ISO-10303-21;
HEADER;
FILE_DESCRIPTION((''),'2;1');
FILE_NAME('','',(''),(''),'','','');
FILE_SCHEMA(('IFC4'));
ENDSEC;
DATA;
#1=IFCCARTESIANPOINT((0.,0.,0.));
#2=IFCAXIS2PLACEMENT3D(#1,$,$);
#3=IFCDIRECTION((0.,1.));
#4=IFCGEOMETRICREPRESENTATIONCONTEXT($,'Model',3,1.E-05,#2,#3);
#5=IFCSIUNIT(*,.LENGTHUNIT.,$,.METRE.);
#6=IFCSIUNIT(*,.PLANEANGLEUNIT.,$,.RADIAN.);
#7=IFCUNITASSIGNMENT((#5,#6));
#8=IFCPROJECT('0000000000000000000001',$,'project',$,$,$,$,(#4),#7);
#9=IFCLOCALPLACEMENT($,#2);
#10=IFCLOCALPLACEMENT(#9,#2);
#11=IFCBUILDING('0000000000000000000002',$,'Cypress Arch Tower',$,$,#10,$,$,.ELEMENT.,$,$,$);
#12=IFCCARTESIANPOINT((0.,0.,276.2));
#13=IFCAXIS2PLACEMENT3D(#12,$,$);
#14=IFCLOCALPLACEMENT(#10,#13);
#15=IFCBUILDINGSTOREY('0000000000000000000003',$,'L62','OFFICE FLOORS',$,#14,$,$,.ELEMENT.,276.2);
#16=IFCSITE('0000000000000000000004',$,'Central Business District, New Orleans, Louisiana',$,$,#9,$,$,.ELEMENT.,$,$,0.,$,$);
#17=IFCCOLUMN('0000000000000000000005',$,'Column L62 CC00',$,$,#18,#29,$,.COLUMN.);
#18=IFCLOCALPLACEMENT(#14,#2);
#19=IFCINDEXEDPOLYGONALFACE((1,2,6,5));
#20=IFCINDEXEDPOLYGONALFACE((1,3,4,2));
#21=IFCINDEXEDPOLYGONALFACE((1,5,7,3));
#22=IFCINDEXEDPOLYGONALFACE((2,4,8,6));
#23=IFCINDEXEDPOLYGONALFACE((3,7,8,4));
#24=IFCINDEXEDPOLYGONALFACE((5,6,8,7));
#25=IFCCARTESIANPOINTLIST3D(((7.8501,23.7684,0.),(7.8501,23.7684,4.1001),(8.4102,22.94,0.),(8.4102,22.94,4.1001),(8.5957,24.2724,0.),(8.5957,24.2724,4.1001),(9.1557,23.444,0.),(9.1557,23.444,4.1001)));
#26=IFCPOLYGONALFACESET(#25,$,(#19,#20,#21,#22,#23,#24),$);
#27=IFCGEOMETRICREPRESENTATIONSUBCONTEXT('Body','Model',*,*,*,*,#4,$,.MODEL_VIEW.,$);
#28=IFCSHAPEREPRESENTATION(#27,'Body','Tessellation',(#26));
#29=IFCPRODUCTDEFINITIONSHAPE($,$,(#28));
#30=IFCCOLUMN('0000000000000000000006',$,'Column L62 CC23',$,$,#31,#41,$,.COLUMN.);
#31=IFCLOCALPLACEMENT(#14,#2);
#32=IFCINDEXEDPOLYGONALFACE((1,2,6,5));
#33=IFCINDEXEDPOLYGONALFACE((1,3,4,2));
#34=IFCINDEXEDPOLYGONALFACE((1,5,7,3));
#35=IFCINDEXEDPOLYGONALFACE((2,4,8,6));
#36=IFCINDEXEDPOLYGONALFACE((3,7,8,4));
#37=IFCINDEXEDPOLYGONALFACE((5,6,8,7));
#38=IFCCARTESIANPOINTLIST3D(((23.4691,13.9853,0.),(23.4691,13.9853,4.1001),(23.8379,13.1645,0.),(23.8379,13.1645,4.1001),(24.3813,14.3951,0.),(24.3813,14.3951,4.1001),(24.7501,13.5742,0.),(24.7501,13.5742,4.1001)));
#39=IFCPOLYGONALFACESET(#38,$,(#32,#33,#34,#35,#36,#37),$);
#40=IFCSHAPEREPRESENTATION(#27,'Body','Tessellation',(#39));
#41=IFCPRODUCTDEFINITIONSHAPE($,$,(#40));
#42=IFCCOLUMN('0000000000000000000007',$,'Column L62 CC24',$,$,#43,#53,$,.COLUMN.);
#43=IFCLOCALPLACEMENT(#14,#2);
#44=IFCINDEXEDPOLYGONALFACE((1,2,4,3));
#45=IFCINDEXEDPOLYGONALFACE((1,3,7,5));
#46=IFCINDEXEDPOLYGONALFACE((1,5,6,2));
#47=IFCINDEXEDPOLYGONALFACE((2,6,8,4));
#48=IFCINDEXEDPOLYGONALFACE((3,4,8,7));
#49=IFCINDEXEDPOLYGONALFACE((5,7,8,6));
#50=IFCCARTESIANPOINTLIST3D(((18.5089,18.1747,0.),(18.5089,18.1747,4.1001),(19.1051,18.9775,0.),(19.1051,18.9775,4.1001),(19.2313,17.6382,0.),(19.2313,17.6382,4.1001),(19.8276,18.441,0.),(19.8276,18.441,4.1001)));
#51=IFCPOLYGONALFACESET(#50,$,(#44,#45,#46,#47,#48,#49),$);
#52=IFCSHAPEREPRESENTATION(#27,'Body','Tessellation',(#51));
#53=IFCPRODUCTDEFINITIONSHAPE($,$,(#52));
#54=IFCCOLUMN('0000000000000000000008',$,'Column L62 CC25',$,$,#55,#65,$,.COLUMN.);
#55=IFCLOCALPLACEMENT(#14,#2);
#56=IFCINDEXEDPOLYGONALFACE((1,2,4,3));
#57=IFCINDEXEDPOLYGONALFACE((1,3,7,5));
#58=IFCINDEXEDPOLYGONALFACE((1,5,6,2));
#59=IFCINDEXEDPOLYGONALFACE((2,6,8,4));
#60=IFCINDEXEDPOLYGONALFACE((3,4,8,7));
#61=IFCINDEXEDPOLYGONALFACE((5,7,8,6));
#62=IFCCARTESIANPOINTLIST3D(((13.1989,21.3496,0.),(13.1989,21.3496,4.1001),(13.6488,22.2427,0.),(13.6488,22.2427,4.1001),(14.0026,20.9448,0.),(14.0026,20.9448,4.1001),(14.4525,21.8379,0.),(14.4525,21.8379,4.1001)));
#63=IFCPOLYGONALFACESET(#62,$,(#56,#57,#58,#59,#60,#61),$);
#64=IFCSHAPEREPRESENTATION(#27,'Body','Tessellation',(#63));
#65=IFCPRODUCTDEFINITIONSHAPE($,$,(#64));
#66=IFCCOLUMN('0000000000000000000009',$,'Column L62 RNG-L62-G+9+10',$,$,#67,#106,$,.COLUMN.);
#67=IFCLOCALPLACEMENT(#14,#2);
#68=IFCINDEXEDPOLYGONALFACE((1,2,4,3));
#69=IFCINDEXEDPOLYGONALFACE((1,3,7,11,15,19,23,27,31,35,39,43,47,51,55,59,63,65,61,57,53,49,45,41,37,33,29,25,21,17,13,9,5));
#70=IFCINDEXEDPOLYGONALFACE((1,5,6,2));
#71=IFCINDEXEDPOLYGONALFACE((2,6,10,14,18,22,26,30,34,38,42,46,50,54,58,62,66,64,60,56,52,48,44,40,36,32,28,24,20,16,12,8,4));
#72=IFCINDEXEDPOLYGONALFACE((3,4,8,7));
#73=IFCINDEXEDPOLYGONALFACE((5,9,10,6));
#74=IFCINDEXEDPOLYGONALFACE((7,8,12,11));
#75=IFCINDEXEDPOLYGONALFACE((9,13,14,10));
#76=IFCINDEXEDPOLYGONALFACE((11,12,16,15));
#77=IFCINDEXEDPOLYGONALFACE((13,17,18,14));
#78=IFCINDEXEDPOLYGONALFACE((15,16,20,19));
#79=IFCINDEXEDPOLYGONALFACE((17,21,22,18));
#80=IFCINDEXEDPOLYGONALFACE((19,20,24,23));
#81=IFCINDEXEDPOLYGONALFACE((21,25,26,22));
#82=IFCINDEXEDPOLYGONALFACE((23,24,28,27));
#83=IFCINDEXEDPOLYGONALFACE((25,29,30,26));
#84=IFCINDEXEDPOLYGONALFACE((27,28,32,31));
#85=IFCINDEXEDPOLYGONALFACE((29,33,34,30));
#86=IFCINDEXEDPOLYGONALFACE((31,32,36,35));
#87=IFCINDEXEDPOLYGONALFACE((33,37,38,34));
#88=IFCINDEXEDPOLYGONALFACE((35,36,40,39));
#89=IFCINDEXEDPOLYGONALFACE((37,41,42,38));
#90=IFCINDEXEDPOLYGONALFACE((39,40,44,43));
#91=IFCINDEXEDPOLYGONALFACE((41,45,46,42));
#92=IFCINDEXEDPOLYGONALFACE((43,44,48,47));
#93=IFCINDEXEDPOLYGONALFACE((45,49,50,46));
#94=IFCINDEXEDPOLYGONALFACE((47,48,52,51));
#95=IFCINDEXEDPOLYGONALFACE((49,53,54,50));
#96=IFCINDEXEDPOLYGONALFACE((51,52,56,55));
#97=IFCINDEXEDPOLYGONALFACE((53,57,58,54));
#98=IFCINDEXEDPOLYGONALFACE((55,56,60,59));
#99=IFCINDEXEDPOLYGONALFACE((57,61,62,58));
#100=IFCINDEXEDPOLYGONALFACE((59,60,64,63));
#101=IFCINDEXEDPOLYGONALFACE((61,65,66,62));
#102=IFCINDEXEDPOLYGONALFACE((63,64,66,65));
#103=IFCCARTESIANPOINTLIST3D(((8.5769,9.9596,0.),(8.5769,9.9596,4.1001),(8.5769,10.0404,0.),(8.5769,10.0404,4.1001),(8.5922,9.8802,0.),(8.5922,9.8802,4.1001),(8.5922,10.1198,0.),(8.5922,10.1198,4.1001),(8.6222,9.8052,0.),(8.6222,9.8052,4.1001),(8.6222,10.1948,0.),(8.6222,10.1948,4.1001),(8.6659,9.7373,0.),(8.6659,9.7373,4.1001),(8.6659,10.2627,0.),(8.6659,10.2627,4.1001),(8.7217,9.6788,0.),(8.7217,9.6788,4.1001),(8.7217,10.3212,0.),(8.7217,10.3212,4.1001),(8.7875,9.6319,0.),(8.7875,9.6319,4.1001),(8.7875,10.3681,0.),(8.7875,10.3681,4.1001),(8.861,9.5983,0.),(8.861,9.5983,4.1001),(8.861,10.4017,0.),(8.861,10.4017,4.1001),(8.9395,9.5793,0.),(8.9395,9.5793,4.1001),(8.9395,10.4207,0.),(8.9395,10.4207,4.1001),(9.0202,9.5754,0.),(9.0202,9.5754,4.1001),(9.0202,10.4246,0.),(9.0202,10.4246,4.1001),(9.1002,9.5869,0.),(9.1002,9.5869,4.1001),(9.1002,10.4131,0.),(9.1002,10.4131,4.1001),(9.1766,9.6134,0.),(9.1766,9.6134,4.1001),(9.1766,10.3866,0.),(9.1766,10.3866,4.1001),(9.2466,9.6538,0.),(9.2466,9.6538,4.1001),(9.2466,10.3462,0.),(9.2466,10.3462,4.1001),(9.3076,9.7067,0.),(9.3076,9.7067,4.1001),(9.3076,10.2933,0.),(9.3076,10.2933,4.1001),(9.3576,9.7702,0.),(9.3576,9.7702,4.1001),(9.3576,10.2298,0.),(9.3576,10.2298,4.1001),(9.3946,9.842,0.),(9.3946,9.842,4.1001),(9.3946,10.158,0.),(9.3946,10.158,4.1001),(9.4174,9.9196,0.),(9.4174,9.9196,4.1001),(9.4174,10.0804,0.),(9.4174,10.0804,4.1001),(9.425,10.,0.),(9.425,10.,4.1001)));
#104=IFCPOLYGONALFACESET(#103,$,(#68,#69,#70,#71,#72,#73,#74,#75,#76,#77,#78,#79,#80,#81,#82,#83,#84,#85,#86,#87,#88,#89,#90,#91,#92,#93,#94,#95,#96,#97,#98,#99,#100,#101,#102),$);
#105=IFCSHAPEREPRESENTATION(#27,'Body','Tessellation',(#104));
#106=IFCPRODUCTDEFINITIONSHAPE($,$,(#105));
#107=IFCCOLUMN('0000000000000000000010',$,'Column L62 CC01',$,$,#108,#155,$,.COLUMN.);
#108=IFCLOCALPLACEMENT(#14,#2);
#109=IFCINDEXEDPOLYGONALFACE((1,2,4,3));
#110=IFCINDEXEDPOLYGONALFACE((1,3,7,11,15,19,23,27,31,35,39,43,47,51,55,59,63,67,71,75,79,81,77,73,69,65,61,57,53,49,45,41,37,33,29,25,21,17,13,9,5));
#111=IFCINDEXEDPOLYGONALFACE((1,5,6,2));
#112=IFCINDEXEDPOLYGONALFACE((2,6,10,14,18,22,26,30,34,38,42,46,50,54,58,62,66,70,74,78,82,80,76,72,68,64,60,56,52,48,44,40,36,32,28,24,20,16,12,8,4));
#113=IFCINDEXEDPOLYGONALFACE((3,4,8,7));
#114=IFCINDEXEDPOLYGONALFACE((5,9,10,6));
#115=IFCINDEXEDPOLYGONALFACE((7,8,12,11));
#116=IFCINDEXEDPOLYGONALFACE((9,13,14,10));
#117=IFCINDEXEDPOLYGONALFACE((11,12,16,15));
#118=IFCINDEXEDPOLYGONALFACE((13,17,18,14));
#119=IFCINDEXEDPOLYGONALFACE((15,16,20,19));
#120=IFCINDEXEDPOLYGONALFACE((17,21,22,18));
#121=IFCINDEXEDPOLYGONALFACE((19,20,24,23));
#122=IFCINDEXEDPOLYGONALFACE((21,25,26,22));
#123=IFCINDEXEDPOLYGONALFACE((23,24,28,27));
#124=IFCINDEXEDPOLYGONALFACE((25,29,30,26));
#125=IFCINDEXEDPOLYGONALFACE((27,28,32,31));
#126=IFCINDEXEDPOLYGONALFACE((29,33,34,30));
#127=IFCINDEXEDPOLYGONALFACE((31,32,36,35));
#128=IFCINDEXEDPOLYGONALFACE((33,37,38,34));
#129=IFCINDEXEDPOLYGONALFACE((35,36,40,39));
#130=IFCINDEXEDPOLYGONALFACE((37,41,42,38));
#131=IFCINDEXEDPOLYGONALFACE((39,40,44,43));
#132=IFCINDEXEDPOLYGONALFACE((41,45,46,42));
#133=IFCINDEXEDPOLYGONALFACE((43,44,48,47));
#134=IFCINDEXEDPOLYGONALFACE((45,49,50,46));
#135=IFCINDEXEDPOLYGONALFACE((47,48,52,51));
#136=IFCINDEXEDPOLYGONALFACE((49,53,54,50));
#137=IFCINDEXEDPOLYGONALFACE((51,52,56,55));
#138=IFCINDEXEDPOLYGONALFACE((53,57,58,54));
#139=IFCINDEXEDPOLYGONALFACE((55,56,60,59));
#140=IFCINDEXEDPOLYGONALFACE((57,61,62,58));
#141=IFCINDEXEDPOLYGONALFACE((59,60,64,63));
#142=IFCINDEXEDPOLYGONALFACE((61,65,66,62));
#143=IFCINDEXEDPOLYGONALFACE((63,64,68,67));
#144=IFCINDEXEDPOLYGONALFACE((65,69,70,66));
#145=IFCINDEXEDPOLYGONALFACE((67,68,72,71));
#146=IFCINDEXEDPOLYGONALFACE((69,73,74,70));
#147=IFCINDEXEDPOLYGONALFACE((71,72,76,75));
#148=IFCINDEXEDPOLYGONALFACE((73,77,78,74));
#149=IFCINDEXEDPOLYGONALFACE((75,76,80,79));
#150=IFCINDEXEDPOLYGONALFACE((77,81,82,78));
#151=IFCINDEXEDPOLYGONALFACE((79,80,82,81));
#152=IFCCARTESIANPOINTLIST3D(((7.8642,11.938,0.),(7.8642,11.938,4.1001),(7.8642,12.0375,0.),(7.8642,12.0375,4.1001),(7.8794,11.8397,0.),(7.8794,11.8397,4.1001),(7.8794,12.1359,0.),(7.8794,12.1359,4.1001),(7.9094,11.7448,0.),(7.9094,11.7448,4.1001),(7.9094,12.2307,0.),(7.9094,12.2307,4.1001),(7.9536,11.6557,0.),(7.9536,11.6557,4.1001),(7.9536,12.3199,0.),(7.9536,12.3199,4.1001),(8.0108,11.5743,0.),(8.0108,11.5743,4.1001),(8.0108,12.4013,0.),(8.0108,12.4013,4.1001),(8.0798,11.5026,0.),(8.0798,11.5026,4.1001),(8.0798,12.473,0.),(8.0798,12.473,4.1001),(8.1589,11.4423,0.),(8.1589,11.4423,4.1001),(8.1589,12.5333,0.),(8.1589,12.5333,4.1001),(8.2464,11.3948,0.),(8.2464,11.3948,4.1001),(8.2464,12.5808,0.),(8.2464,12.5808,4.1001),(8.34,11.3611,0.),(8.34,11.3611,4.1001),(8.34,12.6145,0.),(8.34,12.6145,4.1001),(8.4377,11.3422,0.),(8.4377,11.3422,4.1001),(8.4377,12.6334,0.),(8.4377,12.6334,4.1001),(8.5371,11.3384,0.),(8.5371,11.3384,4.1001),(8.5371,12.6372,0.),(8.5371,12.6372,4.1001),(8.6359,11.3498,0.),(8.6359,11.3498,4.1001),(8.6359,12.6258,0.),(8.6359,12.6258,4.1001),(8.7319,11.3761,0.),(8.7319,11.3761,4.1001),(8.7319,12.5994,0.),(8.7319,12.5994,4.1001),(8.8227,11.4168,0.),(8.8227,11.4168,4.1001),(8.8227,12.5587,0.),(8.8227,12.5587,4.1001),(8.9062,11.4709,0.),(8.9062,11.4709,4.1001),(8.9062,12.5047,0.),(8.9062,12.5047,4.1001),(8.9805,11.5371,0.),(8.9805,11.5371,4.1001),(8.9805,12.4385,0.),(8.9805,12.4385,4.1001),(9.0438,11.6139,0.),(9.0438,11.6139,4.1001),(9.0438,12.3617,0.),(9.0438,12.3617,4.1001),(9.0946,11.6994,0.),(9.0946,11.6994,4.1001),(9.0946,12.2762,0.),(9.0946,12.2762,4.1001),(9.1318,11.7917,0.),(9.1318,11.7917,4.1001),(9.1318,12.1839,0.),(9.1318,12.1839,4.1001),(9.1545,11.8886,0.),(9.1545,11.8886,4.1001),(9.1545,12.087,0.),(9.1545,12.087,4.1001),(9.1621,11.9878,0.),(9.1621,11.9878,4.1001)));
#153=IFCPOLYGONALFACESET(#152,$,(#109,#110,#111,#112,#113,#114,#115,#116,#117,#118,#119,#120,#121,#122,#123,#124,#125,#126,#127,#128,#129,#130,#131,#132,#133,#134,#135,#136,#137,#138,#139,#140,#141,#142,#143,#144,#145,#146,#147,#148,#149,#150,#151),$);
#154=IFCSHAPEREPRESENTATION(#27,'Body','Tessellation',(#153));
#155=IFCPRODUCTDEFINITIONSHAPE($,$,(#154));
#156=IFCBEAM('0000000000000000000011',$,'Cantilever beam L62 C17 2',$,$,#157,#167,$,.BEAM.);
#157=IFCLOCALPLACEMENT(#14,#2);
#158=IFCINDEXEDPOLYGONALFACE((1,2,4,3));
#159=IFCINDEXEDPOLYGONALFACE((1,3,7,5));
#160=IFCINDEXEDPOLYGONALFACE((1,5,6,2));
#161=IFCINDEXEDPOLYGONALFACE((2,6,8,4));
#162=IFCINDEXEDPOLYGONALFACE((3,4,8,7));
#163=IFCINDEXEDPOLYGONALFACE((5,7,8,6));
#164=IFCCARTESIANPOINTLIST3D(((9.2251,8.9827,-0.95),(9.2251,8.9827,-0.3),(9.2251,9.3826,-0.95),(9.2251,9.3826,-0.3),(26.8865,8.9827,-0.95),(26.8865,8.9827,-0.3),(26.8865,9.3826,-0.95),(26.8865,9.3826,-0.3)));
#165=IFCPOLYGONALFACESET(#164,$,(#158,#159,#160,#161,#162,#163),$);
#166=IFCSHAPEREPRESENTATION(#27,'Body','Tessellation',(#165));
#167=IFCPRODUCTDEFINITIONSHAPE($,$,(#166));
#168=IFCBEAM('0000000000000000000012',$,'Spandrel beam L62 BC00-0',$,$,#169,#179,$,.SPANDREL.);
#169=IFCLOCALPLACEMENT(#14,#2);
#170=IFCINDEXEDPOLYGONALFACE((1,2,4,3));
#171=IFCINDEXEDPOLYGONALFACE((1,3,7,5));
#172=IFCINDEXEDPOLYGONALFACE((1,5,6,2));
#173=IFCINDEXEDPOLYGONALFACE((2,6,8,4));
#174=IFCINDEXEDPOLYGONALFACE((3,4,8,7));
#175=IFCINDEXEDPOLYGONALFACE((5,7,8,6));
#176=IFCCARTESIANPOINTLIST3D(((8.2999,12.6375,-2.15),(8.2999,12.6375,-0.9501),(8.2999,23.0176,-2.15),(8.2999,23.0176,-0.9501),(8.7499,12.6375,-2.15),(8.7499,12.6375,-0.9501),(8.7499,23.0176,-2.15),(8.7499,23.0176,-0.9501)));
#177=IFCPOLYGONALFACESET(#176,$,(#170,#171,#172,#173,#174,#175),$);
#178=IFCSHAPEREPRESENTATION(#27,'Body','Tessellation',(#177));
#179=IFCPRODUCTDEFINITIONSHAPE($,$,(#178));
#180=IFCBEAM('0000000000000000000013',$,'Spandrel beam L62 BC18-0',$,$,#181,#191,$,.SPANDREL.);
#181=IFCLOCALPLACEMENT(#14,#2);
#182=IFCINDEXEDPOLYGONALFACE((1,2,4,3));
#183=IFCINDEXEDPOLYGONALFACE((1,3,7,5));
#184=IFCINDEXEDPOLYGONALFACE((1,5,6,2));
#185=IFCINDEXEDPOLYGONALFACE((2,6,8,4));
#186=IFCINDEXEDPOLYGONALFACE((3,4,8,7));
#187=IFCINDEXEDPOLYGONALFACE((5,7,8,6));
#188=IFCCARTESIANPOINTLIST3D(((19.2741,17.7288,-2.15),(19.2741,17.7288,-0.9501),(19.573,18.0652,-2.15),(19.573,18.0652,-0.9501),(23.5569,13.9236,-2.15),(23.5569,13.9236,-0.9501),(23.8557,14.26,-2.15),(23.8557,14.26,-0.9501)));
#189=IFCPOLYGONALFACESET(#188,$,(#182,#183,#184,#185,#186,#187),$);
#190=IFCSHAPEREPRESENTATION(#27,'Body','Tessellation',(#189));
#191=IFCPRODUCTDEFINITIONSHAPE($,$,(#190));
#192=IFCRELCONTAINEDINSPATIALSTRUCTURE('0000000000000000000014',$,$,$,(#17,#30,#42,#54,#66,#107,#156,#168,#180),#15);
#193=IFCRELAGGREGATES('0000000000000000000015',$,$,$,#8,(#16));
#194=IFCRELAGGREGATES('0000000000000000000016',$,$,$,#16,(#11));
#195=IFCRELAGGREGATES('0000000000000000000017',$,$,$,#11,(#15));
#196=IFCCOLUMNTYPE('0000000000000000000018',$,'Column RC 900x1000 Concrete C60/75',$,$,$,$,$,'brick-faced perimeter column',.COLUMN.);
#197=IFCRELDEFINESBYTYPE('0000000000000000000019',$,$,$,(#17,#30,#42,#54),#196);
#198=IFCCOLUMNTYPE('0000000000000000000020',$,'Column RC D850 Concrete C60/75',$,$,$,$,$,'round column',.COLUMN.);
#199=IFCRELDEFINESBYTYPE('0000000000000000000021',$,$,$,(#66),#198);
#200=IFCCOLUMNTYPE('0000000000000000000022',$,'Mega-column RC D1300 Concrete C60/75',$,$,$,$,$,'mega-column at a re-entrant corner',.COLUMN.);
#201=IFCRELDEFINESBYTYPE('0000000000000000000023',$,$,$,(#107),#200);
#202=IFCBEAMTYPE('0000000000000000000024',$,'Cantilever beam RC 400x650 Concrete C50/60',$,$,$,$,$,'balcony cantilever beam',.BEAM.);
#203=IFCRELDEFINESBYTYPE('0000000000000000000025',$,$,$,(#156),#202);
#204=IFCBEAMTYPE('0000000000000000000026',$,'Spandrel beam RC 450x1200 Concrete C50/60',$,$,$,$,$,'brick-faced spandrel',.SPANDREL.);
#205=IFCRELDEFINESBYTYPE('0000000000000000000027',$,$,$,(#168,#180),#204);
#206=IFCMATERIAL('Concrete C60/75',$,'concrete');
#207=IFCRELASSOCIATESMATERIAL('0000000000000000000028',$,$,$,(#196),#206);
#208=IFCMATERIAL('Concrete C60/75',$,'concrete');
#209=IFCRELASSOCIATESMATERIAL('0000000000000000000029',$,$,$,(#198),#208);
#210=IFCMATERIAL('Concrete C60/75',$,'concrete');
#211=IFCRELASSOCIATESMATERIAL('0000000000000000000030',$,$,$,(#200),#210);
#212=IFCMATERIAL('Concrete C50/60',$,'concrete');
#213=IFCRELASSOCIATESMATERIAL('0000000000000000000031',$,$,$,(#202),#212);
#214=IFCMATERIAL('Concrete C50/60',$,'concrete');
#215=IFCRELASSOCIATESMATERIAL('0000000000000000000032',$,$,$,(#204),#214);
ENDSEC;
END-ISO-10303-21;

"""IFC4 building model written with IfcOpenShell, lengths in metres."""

from ifc_helpers import new_model, si_unit, direction, frame, origin, origin_2d, place, context, subcontext, project, spatial, rectangle, circle, extrude, material, material_profile, profile_set, type_object, element, save


model = new_model("IFC4")

# Units and contexts
model_context = context("Model", 3, precision=1e-05, world=origin(), true_north=direction((0.0, 1.0)))
body_context = subcontext(model_context, "Body", "Model", "MODEL_VIEW")
ifc_project = project(units=[si_unit("LENGTHUNIT", "METRE"), si_unit("PLANEANGLEUNIT", "RADIAN")], contexts=[model_context])

# Site, building, storey
site_placement = place(None, origin())
site = spatial("IfcSite", under=ifc_project, at=site_placement, Name="Central Business District, New Orleans, Louisiana", CompositionType="ELEMENT", RefElevation=0.0)
building_placement = place(site_placement, origin())
building = spatial("IfcBuilding", under=site, at=building_placement, Name="Cypress Arch Tower", CompositionType="ELEMENT")
storey_placement = place(building_placement, frame((0.0, 0.0, 276.2)))
storey = spatial("IfcBuildingStorey", under=building, at=storey_placement, Name="L62", Description="OFFICE FLOORS", CompositionType="ELEMENT", Elevation=276.2)

# Columns
ifc_material_1 = material(Name="Concrete C60/75", Category="concrete")
ifc_material_profile_1 = material_profile(ifc_material_1, rectangle(XDim=0.8999, YDim=1.0, at=origin_2d()), Name="RC 900x1000")
ifc_profile_set_1 = profile_set([ifc_material_profile_1], Name="Concrete C60/75")
column_type_1 = type_object("IfcColumnType", Name="Column RC 900x1000 Concrete C60/75", ElementType="brick-faced perimeter column", PredefinedType="COLUMN", material=ifc_profile_set_1)
for number, where, z_axis, x_axis, name in (
    (1, (8.5029, 23.6062, 0.0), (0.0, 0.0, 1.0), (-0.82847, -0.560034, 0.0), "Column L62 CC00"),
    (2, (24.1096, 13.7798, 0.0), (0.0, 0.0, 1.0), (-0.409765, 0.912191, 0.0), "Column L62 CC23"),
    (3, (19.1682, 18.3079, 0.0), (0.0, 0.0, 1.0), (-0.802799, 0.59625, 0.0), "Column L62 CC24"),
    (4, (13.8257, 21.5938, 0.0), (0.0, 0.0, 1.0), (-0.893106, 0.449845, 0.0), "Column L62 CC25"),
):
    element("IfcColumn", number, at=place(storey_placement, frame(where, z_axis=z_axis, x_axis=x_axis)), inside=storey, type_object=column_type_1, Name=name, PredefinedType="COLUMN", context=body_context, shape_type="SweptSolid", body=[
        extrude(rectangle(XDim=0.8999, YDim=1.0, at=origin_2d()), origin(), (0.0, 0.0, 1.0), 4.1001),
    ])
ifc_material_2 = material(Name="Concrete C60/75", Category="concrete")
ifc_material_profile_2 = material_profile(ifc_material_2, circle(Radius=0.425, at=origin_2d()), Name="RC D850")
ifc_profile_set_2 = profile_set([ifc_material_profile_2], Name="Concrete C60/75")
column_type_2 = type_object("IfcColumnType", Name="Column RC D850 Concrete C60/75", ElementType="round column", PredefinedType="COLUMN", material=ifc_profile_set_2)
column_1_placement = place(storey_placement, frame((9.0, 10.0, 0.0), z_axis=(0.0, 0.0, 1.0), x_axis=(1.0, 0.0, 0.0)))
element("IfcColumn", 5, at=column_1_placement, inside=storey, type_object=column_type_2, Name="Column L62 RNG-L62-G+9+10", PredefinedType="COLUMN", context=body_context, shape_type="SweptSolid", body=[
    extrude(circle(Radius=0.425, at=origin_2d()), origin(), (0.0, 0.0, 1.0), 4.1001),
])
ifc_material_3 = material(Name="Concrete C60/75", Category="concrete")
ifc_material_profile_3 = material_profile(ifc_material_3, circle(Radius=0.6499, at=origin_2d()), Name="RC D1300")
ifc_profile_set_3 = profile_set([ifc_material_profile_3], Name="Concrete C60/75")
column_type_3 = type_object("IfcColumnType", Name="Mega-column RC D1300 Concrete C60/75", ElementType="mega-column at a re-entrant corner", PredefinedType="COLUMN", material=ifc_profile_set_3)
column_2_placement = place(storey_placement, frame((8.5122, 11.9878, 0.0), z_axis=(0.0, 0.0, 1.0), x_axis=(1.0, 0.0, 0.0)))
element("IfcColumn", 6, at=column_2_placement, inside=storey, type_object=column_type_3, Name="Column L62 CC01", PredefinedType="COLUMN", context=body_context, shape_type="SweptSolid", body=[
    extrude(circle(Radius=0.6499, at=origin_2d()), origin(), (0.0, 0.0, 1.0), 4.1001),
])

# Beams
ifc_material_4 = material(Name="Concrete C50/60", Category="concrete")
ifc_material_profile_4 = material_profile(ifc_material_4, rectangle(XDim=0.3999, YDim=0.6499, at=origin_2d()), Name="RC 400x650")
ifc_profile_set_4 = profile_set([ifc_material_profile_4], Name="Concrete C50/60")
beam_type_1 = type_object("IfcBeamType", Name="Cantilever beam RC 400x650 Concrete C50/60", ElementType="balcony cantilever beam", PredefinedType="BEAM", material=ifc_profile_set_4)
beam_1_placement = place(storey_placement, frame((9.2251, 9.1826, -0.625), z_axis=(1.0, 0.0, 0.0), x_axis=(0.0, 1.0, 0.0)))
element("IfcBeam", 7, at=beam_1_placement, inside=storey, type_object=beam_type_1, Name="Cantilever beam L62 C17 2", PredefinedType="BEAM", context=body_context, shape_type="SweptSolid", body=[
    extrude(rectangle(XDim=0.3999, YDim=0.6499, at=origin_2d()), origin(), (0.0, 0.0, 1.0), 17.6614),
])
ifc_material_5 = material(Name="Concrete C50/60", Category="concrete")
ifc_material_profile_5 = material_profile(ifc_material_5, rectangle(XDim=0.45, YDim=1.2, at=origin_2d()), Name="RC 450x1200")
ifc_profile_set_5 = profile_set([ifc_material_profile_5], Name="Concrete C50/60")
beam_type_2 = type_object("IfcBeamType", Name="Spandrel beam RC 450x1200 Concrete C50/60", ElementType="brick-faced spandrel", PredefinedType="SPANDREL", material=ifc_profile_set_5)
beam_2_placement = place(storey_placement, frame((8.5249, 23.0176, -1.55), z_axis=(0.0, -1.0, 0.0), x_axis=(1.0, 0.0, 0.0)))
element("IfcBeam", 8, at=beam_2_placement, inside=storey, type_object=beam_type_2, Name="Spandrel beam L62 BC00-0", PredefinedType="SPANDREL", context=body_context, shape_type="SweptSolid", body=[
    extrude(rectangle(XDim=0.45, YDim=1.2, at=origin_2d()), origin(), (0.0, 0.0, 1.0), 10.3801),
])
beam_3_placement = place(storey_placement, frame((23.7063, 14.0918, -1.55), z_axis=(-0.747555, 0.6642, 0.0), x_axis=(-0.6642, -0.747555, 0.0)))
element("IfcBeam", 9, at=beam_3_placement, inside=storey, type_object=beam_type_2, Name="Spandrel beam L62 BC18-0", PredefinedType="SPANDREL", context=body_context, shape_type="SweptSolid", body=[
    extrude(rectangle(XDim=0.45, YDim=1.2, at=origin_2d()), origin(), (0.0, 0.0, 1.0), 5.729),
])

save(model, "model.ifc")
